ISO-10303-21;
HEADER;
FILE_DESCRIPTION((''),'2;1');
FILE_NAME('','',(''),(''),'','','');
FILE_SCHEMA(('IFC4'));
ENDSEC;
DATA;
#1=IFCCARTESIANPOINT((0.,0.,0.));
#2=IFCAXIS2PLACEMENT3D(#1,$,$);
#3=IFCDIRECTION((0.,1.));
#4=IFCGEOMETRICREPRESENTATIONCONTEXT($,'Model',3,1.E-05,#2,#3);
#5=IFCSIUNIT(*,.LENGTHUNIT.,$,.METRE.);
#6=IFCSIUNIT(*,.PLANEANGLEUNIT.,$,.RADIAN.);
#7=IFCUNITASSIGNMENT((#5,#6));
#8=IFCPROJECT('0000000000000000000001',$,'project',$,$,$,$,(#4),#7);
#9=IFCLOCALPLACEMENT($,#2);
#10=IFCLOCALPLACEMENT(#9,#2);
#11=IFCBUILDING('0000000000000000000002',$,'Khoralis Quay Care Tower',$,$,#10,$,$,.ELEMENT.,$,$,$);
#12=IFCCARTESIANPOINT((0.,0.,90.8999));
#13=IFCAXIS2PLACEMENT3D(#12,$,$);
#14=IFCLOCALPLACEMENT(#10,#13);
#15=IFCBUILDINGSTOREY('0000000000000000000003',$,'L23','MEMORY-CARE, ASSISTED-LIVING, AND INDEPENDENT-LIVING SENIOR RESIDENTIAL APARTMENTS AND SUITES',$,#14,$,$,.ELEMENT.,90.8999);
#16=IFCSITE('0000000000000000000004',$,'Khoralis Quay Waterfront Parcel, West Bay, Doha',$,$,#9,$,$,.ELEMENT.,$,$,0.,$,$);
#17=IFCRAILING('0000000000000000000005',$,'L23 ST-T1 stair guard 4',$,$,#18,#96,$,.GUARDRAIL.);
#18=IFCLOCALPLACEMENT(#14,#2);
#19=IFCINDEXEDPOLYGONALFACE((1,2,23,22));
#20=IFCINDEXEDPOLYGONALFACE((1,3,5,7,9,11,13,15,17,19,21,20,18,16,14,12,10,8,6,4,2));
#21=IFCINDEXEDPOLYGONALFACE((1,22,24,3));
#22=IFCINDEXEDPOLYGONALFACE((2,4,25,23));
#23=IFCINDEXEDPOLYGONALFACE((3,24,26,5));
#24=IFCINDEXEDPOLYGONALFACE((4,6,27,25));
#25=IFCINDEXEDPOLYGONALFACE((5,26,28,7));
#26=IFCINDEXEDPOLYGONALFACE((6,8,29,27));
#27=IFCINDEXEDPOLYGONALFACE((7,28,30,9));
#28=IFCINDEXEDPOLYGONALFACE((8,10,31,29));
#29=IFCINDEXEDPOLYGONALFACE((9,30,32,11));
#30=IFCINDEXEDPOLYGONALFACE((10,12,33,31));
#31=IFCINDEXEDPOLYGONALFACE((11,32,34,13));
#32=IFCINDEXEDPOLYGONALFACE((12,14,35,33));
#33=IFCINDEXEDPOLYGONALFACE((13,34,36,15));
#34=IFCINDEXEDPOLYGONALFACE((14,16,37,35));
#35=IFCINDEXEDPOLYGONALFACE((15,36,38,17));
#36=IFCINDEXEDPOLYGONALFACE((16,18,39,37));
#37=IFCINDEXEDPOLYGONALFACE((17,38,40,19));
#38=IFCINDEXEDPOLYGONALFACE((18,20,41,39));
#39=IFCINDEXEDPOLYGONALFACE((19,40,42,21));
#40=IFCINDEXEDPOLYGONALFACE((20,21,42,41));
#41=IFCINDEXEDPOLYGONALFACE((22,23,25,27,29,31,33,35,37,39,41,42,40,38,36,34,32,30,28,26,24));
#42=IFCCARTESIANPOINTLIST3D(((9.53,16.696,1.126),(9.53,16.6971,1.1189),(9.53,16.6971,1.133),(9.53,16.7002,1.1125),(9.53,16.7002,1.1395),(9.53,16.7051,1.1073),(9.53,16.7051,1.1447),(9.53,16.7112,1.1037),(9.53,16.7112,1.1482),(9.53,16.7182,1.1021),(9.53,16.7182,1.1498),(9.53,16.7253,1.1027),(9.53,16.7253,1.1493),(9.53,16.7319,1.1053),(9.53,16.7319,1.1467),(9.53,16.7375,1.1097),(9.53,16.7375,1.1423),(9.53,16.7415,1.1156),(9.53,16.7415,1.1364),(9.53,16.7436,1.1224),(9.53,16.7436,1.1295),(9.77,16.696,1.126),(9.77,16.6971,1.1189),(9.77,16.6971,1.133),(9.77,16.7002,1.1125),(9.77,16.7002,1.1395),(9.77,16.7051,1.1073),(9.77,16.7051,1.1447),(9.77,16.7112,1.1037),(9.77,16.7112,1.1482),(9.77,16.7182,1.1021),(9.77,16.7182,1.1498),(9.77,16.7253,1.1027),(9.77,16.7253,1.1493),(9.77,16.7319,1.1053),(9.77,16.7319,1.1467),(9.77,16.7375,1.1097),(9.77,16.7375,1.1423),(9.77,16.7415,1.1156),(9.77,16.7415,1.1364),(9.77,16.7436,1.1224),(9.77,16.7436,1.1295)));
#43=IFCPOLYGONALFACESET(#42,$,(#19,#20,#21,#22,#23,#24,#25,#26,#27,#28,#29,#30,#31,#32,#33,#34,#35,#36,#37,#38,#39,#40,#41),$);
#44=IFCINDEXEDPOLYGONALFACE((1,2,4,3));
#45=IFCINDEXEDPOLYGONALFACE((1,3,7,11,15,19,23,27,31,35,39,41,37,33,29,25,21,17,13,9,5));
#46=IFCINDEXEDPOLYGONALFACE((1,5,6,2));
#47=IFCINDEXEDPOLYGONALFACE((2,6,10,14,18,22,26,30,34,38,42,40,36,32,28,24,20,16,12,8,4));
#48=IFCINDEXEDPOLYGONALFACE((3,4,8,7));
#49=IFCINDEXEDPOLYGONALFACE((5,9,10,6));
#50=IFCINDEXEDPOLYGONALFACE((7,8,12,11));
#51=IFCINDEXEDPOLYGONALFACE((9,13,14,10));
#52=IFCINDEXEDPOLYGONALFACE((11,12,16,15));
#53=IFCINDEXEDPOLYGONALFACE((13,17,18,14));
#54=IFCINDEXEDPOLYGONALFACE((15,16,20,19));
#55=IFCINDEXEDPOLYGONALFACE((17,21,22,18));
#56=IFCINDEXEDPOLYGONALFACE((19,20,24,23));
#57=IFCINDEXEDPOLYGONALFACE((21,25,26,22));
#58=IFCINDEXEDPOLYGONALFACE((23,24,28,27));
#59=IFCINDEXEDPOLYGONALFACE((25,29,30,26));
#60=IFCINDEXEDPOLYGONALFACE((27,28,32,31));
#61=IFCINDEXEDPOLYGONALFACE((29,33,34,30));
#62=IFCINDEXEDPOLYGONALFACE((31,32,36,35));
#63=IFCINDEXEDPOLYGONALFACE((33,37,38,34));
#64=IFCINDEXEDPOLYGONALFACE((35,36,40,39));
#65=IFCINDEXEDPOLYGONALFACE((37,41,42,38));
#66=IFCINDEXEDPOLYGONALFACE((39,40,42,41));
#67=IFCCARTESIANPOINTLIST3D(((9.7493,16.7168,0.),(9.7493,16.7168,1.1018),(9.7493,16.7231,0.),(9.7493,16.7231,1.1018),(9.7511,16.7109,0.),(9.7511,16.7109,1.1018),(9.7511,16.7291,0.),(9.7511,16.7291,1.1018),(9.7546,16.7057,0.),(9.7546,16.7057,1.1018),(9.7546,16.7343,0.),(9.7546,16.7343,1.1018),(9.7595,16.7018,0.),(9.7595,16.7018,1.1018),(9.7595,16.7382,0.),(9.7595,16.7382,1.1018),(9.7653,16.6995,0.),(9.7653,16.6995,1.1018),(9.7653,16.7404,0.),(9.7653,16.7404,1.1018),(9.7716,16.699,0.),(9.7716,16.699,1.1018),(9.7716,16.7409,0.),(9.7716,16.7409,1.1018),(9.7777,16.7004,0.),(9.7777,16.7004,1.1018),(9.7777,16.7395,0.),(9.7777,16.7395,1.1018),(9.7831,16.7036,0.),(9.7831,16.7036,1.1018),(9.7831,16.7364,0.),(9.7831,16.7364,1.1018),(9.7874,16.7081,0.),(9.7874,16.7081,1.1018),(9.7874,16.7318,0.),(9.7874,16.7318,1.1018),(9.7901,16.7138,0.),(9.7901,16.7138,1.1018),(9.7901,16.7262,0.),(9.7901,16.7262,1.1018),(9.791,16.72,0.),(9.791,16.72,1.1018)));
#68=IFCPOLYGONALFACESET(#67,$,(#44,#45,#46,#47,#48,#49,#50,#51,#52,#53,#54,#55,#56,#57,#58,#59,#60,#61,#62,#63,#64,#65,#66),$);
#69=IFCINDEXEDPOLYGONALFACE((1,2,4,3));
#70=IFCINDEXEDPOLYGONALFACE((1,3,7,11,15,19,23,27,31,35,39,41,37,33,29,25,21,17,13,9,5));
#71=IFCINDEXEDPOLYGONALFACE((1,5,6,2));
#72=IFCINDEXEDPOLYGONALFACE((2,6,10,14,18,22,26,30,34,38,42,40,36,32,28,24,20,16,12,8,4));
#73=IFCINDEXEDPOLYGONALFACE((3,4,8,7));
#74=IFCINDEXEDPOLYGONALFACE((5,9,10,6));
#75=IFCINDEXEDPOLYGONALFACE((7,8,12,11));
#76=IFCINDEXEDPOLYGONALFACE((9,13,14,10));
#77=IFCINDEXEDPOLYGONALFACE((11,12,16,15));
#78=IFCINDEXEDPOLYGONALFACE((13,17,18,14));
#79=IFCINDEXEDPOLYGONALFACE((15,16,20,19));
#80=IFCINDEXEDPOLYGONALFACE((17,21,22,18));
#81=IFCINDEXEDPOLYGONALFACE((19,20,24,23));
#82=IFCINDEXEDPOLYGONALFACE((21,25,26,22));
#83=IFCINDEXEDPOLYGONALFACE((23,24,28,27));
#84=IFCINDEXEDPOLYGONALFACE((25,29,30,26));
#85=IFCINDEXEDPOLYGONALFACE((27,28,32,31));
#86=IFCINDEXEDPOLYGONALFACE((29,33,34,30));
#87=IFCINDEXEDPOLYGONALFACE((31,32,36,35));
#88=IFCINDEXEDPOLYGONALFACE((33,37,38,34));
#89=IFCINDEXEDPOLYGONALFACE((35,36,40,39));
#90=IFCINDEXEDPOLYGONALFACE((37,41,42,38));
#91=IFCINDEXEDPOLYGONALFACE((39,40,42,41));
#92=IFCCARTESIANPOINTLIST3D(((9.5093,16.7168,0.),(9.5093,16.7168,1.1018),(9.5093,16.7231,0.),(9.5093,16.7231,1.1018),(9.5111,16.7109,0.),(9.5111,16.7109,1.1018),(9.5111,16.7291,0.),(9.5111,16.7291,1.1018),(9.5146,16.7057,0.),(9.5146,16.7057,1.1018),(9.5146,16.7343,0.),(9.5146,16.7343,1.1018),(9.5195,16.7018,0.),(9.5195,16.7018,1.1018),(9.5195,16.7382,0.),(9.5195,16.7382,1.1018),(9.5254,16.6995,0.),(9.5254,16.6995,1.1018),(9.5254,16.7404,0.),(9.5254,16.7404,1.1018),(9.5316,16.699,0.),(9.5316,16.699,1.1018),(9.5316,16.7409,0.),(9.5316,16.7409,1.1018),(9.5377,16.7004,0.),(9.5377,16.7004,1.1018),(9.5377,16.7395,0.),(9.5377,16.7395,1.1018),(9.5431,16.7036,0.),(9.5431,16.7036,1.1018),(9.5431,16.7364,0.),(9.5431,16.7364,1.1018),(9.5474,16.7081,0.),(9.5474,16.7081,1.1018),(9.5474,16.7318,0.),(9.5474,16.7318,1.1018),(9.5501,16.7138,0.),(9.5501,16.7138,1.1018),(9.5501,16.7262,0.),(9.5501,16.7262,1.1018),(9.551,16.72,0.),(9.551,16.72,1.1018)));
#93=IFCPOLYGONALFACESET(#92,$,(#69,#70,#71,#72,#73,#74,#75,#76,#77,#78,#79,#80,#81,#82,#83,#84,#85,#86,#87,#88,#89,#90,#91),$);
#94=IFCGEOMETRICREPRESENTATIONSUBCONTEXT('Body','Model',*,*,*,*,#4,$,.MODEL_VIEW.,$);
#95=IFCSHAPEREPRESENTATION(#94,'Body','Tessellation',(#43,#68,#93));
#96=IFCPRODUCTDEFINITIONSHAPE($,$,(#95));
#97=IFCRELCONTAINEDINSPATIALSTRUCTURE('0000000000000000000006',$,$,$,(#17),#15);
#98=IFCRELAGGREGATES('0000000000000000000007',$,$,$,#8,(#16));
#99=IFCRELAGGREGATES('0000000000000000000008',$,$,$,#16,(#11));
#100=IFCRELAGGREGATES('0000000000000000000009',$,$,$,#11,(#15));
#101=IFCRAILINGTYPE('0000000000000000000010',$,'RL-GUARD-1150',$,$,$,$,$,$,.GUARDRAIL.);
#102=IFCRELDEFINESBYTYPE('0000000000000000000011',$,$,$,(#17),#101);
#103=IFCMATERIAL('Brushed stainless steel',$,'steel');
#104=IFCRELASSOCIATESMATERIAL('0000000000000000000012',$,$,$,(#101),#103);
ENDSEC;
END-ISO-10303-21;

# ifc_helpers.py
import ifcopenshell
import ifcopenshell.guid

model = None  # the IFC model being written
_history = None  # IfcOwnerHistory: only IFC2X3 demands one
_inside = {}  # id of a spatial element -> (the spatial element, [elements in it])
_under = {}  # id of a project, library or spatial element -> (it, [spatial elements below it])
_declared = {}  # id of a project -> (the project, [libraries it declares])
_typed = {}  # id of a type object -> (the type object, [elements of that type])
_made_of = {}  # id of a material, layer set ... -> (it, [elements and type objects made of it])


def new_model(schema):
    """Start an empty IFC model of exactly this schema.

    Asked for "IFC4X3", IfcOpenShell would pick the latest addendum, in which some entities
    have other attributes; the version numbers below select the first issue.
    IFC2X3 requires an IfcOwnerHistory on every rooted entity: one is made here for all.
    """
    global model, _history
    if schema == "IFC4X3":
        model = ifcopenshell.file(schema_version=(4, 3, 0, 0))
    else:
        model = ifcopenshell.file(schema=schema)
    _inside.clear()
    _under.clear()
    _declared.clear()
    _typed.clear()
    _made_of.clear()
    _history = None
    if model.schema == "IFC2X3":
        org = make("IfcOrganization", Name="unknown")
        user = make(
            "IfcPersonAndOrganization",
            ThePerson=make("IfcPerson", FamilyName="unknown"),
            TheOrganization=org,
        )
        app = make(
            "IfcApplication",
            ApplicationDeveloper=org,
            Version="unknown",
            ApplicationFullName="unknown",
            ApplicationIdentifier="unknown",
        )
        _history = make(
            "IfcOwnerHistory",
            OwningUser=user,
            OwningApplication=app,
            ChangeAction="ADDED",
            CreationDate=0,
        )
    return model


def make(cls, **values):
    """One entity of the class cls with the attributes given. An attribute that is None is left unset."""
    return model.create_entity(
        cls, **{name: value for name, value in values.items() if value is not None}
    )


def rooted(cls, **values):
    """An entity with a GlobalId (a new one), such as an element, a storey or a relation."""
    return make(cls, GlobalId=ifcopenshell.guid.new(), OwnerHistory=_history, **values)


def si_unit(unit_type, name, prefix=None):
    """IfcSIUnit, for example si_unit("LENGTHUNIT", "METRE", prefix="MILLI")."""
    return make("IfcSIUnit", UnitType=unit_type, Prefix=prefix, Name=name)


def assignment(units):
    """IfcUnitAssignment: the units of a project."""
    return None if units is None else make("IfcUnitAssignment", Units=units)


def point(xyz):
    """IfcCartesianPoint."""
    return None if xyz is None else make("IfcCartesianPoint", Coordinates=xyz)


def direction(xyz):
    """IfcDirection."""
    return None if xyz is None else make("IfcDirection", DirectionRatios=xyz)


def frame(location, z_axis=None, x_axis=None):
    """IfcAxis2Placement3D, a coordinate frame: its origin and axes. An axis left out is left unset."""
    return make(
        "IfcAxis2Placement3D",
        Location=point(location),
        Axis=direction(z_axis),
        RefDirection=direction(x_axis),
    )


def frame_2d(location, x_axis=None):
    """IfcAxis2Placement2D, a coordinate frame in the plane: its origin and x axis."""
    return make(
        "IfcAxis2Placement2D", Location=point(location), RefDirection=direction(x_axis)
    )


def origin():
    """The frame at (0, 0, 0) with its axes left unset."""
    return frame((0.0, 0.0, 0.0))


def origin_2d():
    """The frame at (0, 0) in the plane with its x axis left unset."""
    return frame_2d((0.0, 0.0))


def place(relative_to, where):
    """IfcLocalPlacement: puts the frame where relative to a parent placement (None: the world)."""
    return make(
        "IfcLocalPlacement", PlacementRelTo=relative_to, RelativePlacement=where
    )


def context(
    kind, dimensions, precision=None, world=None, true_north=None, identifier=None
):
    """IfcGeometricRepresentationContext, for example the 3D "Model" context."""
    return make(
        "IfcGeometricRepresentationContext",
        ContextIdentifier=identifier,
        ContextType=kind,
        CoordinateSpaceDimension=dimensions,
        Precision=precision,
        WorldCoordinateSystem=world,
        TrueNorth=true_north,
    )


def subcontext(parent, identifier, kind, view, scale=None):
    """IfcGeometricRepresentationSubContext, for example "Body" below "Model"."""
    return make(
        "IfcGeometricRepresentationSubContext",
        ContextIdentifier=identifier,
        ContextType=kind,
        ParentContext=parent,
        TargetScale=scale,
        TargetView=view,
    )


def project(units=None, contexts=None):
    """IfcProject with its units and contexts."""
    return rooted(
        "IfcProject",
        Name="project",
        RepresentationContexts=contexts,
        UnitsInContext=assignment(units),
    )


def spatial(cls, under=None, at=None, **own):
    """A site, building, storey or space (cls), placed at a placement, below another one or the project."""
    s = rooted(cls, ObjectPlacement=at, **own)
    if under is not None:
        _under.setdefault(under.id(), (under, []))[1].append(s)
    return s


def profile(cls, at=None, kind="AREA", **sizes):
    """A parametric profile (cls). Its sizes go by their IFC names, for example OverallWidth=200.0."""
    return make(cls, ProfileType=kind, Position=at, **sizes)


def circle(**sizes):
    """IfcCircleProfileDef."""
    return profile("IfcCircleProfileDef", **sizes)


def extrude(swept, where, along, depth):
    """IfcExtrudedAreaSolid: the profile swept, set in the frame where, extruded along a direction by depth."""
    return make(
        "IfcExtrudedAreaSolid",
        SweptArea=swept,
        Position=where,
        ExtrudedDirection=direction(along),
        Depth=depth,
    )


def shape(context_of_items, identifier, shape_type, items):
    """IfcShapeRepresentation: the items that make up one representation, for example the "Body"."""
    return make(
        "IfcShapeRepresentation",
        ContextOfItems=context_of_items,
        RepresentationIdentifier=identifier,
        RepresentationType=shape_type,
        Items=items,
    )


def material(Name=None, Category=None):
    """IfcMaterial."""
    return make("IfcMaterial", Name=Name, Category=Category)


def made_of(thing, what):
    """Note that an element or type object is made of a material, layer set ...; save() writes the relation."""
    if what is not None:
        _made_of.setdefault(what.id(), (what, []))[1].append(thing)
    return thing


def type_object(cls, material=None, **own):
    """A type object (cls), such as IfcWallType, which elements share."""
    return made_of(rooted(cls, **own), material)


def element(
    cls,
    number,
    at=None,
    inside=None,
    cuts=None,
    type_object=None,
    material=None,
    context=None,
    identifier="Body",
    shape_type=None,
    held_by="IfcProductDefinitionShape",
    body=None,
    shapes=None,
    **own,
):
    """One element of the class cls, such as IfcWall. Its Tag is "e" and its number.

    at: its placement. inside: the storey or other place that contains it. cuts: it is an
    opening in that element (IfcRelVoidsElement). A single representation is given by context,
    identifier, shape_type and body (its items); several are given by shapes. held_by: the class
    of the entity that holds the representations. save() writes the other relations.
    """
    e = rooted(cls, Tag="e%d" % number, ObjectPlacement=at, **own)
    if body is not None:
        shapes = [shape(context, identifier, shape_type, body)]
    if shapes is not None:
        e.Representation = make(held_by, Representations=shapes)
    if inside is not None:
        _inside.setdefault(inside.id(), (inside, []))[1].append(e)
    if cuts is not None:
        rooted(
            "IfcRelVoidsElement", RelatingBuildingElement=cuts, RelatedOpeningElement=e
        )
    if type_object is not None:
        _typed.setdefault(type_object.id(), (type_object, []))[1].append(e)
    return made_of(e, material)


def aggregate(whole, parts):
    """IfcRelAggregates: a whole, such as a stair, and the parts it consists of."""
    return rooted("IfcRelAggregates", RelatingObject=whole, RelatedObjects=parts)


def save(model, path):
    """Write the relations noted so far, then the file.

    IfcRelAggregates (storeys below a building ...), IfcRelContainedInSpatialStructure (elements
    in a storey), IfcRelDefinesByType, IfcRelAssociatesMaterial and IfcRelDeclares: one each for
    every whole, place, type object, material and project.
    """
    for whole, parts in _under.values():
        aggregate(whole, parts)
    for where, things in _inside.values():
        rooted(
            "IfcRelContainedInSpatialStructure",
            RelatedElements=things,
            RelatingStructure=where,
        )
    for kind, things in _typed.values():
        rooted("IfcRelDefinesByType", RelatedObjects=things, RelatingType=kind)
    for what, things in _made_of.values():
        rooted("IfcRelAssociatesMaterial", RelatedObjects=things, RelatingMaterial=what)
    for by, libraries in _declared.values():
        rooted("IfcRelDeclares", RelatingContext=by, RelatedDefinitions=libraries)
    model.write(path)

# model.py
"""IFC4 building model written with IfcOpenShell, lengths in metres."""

from ifc_helpers import new_model, si_unit, direction, frame, origin, origin_2d, place, context, subcontext, project, spatial, circle, extrude, material, type_object, element, save


model = new_model("IFC4")

# Units and contexts
model_context = context("Model", 3, precision=1e-05, world=origin(), true_north=direction((0.0, 1.0)))
body_context = subcontext(model_context, "Body", "Model", "MODEL_VIEW")
ifc_project = project(units=[si_unit("LENGTHUNIT", "METRE"), si_unit("PLANEANGLEUNIT", "RADIAN")], contexts=[model_context])

# Site, building, storey
site_placement = place(None, origin())
site = spatial("IfcSite", under=ifc_project, at=site_placement, Name="Khoralis Quay Waterfront Parcel, West Bay, Doha", CompositionType="ELEMENT", RefElevation=0.0)
building_placement = place(site_placement, origin())
building = spatial("IfcBuilding", under=site, at=building_placement, Name="Khoralis Quay Care Tower", CompositionType="ELEMENT")
storey_placement = place(building_placement, frame((0.0, 0.0, 90.8999)))
storey = spatial("IfcBuildingStorey", under=building, at=storey_placement, Name="L23", Description="MEMORY-CARE, ASSISTED-LIVING, AND INDEPENDENT-LIVING SENIOR RESIDENTIAL APARTMENTS AND SUITES", CompositionType="ELEMENT", Elevation=90.8999)

# Shared definitions
ifc_material_1 = material(Name="Brushed stainless steel", Category="steel")

# Railing
railing_type_1 = type_object("IfcRailingType", Name="RL-GUARD-1150", PredefinedType="GUARDRAIL", material=ifc_material_1)
railing_1_placement = place(storey_placement, frame((9.77, 16.72, 0.0)))
element("IfcRailing", 1, at=railing_1_placement, inside=storey, type_object=railing_type_1, Name="L23 ST-T1 stair guard 4", PredefinedType="GUARDRAIL", context=body_context, shape_type="SweptSolid", body=[
    extrude(circle(Radius=0.0239, at=origin_2d()), frame((0.0, 0.0, 1.126), z_axis=(-1.0, 0.0, 0.0), x_axis=(0.0, -1.0, 0.0)), (0.0, 0.0, 1.0), 0.24),
    extrude(circle(Radius=0.021, at=origin_2d()), origin(), (0.0, 0.0, 1.0), 1.1018),
    extrude(circle(Radius=0.021, at=origin_2d()), frame((-0.24, 0.0, 0.0)), (0.0, 0.0, 1.0), 1.1018),
])

save(model, "model.ifc")
